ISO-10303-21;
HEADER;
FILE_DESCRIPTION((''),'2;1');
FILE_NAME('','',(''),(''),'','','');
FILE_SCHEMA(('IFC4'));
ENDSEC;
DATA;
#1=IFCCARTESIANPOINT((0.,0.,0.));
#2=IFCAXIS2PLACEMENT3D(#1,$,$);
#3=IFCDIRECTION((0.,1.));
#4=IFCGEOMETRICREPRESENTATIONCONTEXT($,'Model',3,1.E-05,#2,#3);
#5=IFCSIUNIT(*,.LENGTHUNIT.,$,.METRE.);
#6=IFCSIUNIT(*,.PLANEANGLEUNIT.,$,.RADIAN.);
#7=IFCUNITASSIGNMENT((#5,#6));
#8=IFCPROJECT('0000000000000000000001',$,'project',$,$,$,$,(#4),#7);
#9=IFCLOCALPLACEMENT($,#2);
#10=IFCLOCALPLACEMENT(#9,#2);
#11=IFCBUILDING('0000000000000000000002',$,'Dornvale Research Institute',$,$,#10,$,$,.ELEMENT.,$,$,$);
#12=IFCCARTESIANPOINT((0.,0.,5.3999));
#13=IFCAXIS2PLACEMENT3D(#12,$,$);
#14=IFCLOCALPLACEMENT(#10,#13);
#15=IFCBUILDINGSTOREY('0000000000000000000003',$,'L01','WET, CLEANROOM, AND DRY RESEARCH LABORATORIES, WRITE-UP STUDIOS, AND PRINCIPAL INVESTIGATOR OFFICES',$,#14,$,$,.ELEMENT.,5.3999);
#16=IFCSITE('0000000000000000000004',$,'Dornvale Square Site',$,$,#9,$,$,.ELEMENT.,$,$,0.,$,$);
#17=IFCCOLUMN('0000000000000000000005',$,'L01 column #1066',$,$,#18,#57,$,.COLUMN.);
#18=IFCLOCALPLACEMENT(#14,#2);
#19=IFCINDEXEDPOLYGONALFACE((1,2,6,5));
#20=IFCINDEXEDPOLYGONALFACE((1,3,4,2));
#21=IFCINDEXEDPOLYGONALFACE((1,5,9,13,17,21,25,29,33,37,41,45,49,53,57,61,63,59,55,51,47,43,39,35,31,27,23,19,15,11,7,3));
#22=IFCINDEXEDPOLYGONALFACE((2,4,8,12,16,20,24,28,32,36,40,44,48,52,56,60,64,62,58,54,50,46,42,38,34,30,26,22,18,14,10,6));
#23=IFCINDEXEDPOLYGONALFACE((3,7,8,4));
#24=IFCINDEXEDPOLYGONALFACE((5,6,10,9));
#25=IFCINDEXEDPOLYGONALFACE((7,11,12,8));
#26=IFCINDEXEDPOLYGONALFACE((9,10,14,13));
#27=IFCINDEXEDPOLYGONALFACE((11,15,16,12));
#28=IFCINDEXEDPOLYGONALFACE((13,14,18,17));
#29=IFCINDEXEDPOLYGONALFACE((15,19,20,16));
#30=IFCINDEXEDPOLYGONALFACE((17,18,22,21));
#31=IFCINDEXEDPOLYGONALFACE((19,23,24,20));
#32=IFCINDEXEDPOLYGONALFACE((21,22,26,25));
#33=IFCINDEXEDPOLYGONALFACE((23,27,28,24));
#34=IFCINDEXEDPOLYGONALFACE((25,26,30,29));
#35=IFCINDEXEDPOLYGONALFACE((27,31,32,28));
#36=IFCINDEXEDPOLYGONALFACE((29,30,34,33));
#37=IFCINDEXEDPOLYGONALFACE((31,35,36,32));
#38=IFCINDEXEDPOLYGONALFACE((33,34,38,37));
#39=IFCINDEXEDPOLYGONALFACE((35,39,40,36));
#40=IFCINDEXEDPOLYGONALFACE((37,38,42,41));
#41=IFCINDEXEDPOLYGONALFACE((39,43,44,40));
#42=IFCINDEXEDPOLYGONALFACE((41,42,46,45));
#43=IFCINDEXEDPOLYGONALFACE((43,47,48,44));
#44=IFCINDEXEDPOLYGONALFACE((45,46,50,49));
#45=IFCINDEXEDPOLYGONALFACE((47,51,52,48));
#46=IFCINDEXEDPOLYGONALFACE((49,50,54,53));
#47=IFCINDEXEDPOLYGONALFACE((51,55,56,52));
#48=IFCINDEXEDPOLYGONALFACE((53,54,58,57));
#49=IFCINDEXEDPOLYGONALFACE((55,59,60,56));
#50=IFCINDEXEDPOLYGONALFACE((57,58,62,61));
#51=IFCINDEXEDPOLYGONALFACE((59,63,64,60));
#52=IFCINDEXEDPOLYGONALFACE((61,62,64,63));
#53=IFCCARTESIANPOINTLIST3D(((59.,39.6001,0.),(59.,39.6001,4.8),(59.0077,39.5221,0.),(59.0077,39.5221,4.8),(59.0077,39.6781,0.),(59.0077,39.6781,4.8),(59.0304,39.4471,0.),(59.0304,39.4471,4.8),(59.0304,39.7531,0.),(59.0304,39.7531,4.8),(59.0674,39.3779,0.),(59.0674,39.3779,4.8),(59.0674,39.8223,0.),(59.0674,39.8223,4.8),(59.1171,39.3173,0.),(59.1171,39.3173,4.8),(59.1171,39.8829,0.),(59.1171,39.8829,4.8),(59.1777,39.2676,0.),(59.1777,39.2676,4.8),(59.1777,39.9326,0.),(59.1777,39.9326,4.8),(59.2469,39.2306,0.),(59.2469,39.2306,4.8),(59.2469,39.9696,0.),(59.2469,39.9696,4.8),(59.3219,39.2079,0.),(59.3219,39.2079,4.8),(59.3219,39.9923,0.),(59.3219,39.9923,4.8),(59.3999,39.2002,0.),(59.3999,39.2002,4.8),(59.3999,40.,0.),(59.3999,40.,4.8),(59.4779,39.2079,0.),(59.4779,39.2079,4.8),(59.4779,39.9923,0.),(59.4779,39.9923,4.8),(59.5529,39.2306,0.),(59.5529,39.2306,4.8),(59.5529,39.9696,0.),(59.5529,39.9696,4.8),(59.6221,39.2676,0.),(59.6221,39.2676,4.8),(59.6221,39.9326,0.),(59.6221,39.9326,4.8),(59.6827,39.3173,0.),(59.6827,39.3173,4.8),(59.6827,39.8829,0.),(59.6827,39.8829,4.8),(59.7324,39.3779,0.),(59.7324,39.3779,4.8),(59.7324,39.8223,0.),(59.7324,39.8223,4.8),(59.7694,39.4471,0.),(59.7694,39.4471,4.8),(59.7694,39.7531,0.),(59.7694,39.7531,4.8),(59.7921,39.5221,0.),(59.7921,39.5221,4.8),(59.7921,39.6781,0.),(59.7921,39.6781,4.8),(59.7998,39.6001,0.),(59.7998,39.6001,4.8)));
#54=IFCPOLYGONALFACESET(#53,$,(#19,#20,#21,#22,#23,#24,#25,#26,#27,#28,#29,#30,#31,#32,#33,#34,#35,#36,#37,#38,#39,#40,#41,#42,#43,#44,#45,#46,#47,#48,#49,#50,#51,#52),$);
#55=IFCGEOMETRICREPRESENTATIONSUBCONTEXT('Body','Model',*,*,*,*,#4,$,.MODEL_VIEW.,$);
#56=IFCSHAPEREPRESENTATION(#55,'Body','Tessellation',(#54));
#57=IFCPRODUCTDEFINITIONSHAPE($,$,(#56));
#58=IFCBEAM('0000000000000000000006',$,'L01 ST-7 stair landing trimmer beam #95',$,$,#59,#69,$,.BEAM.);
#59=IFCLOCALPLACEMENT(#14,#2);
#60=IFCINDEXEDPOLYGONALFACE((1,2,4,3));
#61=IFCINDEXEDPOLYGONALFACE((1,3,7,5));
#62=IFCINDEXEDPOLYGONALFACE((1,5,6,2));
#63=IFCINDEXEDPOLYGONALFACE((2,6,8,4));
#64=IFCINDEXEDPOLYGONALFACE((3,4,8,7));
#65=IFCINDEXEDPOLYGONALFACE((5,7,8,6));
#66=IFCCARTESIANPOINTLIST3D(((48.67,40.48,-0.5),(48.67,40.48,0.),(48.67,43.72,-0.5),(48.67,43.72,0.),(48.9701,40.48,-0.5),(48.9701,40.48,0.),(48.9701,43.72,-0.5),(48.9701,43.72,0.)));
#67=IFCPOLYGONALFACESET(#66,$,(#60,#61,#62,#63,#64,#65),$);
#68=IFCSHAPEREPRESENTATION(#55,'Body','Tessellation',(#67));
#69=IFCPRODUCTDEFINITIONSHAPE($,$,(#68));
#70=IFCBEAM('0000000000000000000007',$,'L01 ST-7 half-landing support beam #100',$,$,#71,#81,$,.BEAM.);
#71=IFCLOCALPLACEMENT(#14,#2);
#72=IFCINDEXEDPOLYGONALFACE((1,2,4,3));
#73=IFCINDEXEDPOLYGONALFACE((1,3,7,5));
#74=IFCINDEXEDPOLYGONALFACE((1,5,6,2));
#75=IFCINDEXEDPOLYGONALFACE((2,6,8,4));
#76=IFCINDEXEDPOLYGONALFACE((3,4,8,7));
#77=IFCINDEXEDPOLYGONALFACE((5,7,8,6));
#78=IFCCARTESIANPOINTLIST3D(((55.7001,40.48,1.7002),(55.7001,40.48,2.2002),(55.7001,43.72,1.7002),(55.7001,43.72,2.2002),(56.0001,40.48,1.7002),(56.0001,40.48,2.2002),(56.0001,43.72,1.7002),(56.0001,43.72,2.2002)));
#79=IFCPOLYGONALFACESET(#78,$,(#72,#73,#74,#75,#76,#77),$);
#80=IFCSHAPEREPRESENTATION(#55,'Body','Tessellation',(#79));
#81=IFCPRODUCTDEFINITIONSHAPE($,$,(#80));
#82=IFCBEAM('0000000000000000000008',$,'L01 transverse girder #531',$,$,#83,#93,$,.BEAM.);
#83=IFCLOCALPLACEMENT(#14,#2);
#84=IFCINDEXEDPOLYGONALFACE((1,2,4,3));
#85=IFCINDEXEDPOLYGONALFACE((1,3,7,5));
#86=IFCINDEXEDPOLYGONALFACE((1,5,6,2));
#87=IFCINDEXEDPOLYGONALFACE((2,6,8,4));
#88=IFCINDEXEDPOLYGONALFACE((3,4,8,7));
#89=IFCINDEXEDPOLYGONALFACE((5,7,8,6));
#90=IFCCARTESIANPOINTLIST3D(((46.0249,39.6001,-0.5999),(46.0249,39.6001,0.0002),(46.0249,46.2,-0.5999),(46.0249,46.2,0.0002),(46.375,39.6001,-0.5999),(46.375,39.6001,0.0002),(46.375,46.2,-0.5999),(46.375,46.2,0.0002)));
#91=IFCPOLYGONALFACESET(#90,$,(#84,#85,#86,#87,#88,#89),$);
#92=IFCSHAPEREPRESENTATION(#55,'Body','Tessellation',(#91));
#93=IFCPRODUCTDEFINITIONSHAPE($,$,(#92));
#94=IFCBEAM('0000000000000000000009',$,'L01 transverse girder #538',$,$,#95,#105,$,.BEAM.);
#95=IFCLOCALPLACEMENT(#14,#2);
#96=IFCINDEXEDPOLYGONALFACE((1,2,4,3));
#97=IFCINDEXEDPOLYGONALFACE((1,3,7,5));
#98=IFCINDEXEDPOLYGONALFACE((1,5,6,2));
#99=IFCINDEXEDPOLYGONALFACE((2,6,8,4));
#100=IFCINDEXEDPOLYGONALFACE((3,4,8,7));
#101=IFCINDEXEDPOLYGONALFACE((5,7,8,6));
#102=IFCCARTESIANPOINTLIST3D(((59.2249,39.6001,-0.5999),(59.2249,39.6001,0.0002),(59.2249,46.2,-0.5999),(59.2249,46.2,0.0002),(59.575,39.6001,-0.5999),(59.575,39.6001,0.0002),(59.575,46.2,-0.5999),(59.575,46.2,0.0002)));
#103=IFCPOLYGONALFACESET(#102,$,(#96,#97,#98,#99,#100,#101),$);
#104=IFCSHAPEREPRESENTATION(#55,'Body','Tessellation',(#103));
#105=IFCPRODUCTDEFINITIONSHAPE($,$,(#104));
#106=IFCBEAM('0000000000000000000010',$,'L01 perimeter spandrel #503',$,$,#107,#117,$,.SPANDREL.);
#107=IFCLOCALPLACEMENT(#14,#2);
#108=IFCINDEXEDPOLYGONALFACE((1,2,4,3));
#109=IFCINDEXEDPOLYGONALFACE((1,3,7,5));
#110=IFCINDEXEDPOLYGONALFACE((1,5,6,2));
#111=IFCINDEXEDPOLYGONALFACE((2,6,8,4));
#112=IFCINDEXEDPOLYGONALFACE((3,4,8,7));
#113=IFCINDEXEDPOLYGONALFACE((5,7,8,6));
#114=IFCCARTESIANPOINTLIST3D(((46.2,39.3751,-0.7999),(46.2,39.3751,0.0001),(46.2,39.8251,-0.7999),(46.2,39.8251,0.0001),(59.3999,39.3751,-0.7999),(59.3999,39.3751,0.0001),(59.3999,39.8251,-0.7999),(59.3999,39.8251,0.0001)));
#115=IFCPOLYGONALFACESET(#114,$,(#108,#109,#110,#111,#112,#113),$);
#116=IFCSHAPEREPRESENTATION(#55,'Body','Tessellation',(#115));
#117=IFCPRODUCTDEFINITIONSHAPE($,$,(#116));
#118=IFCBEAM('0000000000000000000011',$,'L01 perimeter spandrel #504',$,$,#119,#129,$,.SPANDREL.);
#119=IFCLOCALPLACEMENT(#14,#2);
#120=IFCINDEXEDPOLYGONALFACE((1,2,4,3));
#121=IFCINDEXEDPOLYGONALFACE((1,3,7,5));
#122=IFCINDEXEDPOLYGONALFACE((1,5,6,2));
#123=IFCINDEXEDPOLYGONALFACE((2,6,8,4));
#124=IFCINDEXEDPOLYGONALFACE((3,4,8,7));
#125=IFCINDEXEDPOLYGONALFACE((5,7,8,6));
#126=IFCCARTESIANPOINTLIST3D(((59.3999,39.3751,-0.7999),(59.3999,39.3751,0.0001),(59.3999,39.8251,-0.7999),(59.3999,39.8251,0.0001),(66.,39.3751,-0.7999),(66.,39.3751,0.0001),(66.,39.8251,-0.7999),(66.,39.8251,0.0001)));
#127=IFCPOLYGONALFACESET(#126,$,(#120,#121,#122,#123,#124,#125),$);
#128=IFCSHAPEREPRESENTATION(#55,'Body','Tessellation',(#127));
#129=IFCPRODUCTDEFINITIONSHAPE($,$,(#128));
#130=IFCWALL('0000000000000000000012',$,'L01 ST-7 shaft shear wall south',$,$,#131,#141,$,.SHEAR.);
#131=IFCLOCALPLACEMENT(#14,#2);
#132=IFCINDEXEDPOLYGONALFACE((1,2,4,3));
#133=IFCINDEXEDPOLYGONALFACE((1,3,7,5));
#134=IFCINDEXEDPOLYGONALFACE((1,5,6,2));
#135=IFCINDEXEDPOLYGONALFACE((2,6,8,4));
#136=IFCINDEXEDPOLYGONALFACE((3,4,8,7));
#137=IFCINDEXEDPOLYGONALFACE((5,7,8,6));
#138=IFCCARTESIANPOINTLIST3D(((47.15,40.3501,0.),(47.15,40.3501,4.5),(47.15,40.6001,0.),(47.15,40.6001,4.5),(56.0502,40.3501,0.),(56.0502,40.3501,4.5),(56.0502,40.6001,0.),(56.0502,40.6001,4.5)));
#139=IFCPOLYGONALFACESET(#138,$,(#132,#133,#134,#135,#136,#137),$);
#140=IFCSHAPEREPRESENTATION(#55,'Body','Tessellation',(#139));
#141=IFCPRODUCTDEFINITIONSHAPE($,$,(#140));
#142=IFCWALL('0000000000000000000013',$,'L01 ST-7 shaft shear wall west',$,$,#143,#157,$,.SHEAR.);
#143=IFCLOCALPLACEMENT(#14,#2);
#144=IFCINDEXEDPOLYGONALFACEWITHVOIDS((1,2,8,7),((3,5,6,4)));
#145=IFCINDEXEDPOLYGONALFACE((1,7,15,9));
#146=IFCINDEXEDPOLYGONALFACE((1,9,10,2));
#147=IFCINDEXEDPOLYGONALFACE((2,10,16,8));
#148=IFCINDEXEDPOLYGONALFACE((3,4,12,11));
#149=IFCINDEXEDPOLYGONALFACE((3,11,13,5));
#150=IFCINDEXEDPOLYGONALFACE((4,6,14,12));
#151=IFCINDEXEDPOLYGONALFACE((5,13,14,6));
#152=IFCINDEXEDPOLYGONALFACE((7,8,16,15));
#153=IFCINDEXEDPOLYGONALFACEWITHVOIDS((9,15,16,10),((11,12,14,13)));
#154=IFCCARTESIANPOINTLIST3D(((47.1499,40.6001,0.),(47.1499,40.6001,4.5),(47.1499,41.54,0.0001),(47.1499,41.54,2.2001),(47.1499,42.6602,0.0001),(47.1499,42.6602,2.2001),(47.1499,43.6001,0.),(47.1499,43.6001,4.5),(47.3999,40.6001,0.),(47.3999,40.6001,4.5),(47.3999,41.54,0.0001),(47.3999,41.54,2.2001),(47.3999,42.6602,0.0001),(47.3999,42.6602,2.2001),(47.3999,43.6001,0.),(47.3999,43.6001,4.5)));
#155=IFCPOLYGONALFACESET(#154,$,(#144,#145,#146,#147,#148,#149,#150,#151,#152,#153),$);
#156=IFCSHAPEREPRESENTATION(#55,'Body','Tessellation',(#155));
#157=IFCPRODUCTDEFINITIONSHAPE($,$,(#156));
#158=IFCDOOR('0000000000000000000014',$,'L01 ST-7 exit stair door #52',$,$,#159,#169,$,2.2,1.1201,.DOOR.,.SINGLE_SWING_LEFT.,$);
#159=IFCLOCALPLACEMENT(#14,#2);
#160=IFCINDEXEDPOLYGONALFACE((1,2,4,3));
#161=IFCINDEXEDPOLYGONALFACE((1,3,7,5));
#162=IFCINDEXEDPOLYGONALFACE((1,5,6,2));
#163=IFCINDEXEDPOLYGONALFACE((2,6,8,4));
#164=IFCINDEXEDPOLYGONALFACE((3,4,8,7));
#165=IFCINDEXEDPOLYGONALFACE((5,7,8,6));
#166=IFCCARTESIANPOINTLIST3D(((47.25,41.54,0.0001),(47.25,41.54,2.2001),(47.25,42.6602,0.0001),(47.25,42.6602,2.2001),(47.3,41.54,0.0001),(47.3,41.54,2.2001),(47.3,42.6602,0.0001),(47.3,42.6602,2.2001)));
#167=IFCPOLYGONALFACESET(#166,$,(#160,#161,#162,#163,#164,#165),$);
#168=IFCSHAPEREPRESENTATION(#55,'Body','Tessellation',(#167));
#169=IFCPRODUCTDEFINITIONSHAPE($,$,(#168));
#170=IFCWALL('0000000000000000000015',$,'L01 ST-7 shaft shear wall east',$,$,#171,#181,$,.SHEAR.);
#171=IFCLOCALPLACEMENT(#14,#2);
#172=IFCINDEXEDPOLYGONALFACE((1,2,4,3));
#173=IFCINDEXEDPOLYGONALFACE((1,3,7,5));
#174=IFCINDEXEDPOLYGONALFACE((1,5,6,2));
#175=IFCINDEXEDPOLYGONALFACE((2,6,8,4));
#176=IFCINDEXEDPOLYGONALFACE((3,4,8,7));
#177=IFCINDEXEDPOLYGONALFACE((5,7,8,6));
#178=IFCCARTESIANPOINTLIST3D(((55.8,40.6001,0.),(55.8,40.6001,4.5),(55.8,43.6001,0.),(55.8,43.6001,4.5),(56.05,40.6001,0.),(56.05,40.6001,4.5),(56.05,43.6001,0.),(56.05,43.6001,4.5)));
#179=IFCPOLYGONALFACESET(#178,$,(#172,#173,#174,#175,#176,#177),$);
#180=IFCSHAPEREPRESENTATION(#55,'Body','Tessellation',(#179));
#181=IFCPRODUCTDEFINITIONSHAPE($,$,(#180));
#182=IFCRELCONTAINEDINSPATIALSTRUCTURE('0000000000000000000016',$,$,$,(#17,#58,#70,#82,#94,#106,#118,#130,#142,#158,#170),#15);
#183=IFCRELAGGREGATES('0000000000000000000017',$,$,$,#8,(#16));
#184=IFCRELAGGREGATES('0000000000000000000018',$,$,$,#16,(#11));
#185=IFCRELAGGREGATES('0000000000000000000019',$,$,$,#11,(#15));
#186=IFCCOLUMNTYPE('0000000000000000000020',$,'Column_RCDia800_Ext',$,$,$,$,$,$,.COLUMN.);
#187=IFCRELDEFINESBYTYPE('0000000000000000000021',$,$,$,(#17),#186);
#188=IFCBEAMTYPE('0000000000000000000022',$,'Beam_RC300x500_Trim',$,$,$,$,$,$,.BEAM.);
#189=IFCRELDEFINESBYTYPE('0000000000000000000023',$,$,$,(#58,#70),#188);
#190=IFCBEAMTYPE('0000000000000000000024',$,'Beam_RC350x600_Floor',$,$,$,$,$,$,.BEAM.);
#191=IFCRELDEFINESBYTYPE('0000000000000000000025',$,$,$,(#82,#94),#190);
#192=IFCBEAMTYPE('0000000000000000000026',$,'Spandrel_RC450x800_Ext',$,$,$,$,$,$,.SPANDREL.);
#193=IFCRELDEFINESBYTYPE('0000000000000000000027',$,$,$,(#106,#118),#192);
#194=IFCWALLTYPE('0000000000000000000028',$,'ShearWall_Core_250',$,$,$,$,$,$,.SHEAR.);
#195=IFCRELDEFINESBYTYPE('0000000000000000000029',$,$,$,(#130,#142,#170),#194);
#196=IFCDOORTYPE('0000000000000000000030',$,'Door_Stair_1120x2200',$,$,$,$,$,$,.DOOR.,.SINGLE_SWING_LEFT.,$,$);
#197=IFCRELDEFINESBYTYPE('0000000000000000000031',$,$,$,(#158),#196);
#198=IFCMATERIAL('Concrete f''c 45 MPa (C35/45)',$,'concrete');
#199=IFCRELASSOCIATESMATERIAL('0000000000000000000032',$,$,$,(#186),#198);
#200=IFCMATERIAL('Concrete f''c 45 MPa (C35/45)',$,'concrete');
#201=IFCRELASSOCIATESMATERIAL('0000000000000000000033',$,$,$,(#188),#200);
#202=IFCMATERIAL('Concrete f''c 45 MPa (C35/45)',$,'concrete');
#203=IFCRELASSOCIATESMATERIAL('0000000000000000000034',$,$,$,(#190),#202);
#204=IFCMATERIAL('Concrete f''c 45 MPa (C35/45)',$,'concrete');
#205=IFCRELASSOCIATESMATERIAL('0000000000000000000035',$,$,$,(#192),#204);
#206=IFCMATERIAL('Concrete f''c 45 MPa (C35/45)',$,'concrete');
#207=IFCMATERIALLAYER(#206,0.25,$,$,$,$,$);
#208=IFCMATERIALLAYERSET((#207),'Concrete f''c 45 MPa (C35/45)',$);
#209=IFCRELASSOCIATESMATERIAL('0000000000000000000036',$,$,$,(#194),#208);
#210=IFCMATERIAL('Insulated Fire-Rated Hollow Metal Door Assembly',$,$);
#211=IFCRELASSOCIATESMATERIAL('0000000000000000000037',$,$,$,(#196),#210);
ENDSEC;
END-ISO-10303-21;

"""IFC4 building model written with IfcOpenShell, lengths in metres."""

from ifc_helpers import new_model, si_unit, direction, frame, frame_2d, origin, origin_2d, place, context, subcontext, project, spatial, rectangle, circle, extrude, material, layer, layer_set, material_profile, profile_set, type_object, element, fill, save


model = new_model("IFC4")

# Units and contexts
model_context = context("Model", 3, precision=1e-05, world=origin(), true_north=direction((0.0, 1.0)))
body_context = subcontext(model_context, "Body", "Model", "MODEL_VIEW")
ifc_project = project(units=[si_unit("LENGTHUNIT", "METRE"), si_unit("PLANEANGLEUNIT", "RADIAN")], contexts=[model_context])

# Site, building, storey
site_placement = place(None, origin())
site = spatial("IfcSite", under=ifc_project, at=site_placement, Name="Dornvale Square Site", CompositionType="ELEMENT", RefElevation=0.0)
building_placement = place(site_placement, origin())
building = spatial("IfcBuilding", under=site, at=building_placement, Name="Dornvale Research Institute", CompositionType="ELEMENT")
storey_placement = place(building_placement, frame((0.0, 0.0, 5.3999)))
storey = spatial("IfcBuildingStorey", under=building, at=storey_placement, Name="L01", Description="WET, CLEANROOM, AND DRY RESEARCH LABORATORIES, WRITE-UP STUDIOS, AND PRINCIPAL INVESTIGATOR OFFICES", CompositionType="ELEMENT", Elevation=5.3999)

# Column
ifc_material_1 = material(Name="Concrete f'c 45 MPa (C35/45)", Category="concrete")
ifc_material_profile_1 = material_profile(ifc_material_1, circle(Radius=0.3999, at=origin_2d()), Name="RC DIA 800")
ifc_profile_set_1 = profile_set([ifc_material_profile_1], Name="Concrete f'c 45 MPa (C35/45)")
column_type = type_object("IfcColumnType", Name="Column_RCDia800_Ext", PredefinedType="COLUMN", material=ifc_profile_set_1)
column_placement = place(storey_placement, frame((59.3999, 39.6001, 0.0), z_axis=(0.0, 0.0, 1.0), x_axis=(1.0, 0.0, 0.0)))
element("IfcColumn", 1, at=column_placement, inside=storey, type_object=column_type, Name="L01 column #1066", PredefinedType="COLUMN", context=body_context, shape_type="SweptSolid", body=[
    extrude(circle(Radius=0.3999, at=origin_2d()), origin(), (0.0, 0.0, 1.0), 4.8),
])

# Beams
ifc_material_2 = material(Name="Concrete f'c 45 MPa (C35/45)", Category="concrete")
ifc_material_profile_2 = material_profile(ifc_material_2, rectangle(XDim=0.3, YDim=0.5, at=origin_2d()), Name="RC 300x500")
ifc_profile_set_2 = profile_set([ifc_material_profile_2], Name="Concrete f'c 45 MPa (C35/45)")
beam_type_1 = type_object("IfcBeamType", Name="Beam_RC300x500_Trim", PredefinedType="BEAM", material=ifc_profile_set_2)
for number, where, z_axis, x_axis, name in (
    (2, (48.8201, 40.48, -0.25), (0.0, 1.0, 0.0), (-1.0, 0.0, 0.0), "L01 ST-7 stair landing trimmer beam #95"),
    (3, (55.8501, 40.48, 1.9502), (0.0, 1.0, 0.0), (-1.0, 0.0, 0.0), "L01 ST-7 half-landing support beam #100"),
):
    element("IfcBeam", number, at=place(storey_placement, frame(where, z_axis=z_axis, x_axis=x_axis)), inside=storey, type_object=beam_type_1, Name=name, PredefinedType="BEAM", context=body_context, shape_type="SweptSolid", body=[
        extrude(rectangle(XDim=0.3, YDim=0.5, at=origin_2d()), origin(), (0.0, 0.0, 1.0), 3.24),
    ])
ifc_material_3 = material(Name="Concrete f'c 45 MPa (C35/45)", Category="concrete")
ifc_material_profile_3 = material_profile(ifc_material_3, rectangle(XDim=0.3501, YDim=0.6001, at=origin_2d()), Name="RC 350x600")
ifc_profile_set_3 = profile_set([ifc_material_profile_3], Name="Concrete f'c 45 MPa (C35/45)")
beam_type_2 = type_object("IfcBeamType", Name="Beam_RC350x600_Floor", PredefinedType="BEAM", material=ifc_profile_set_3)
for number, where, z_axis, x_axis, name in (
    (4, (46.2, 39.6001, -0.2998), (0.0, 1.0, 0.0), (-1.0, 0.0, 0.0), "L01 transverse girder #531"),
    (5, (59.3999, 39.6001, -0.2998), (0.0, 1.0, 0.0), (-1.0, 0.0, 0.0), "L01 transverse girder #538"),
):
    element("IfcBeam", number, at=place(storey_placement, frame(where, z_axis=z_axis, x_axis=x_axis)), inside=storey, type_object=beam_type_2, Name=name, PredefinedType="BEAM", context=body_context, shape_type="SweptSolid", body=[
        extrude(rectangle(XDim=0.3501, YDim=0.6001, at=origin_2d()), origin(), (0.0, 0.0, 1.0), 6.5999),
    ])
ifc_material_4 = material(Name="Concrete f'c 45 MPa (C35/45)", Category="concrete")
ifc_material_profile_4 = material_profile(ifc_material_4, rectangle(XDim=0.45, YDim=0.8, at=origin_2d()), Name="RC 450x800")
ifc_profile_set_4 = profile_set([ifc_material_profile_4], Name="Concrete f'c 45 MPa (C35/45)")
beam_type_3 = type_object("IfcBeamType", Name="Spandrel_RC450x800_Ext", PredefinedType="SPANDREL", material=ifc_profile_set_4)
beam_1_placement = place(storey_placement, frame((46.2, 39.6001, -0.3999), z_axis=(1.0, 0.0, 0.0), x_axis=(0.0, 1.0, 0.0)))
element("IfcBeam", 6, at=beam_1_placement, inside=storey, type_object=beam_type_3, Name="L01 perimeter spandrel #503", PredefinedType="SPANDREL", context=body_context, shape_type="SweptSolid", body=[
    extrude(rectangle(XDim=0.45, YDim=0.8, at=origin_2d()), origin(), (0.0, 0.0, 1.0), 13.2),
])
beam_2_placement = place(storey_placement, frame((59.3999, 39.6001, -0.3999), z_axis=(1.0, 0.0, 0.0), x_axis=(0.0, 1.0, 0.0)))
element("IfcBeam", 7, at=beam_2_placement, inside=storey, type_object=beam_type_3, Name="L01 perimeter spandrel #504", PredefinedType="SPANDREL", context=body_context, shape_type="SweptSolid", body=[
    extrude(rectangle(XDim=0.45, YDim=0.8, at=origin_2d()), origin(), (0.0, 0.0, 1.0), 6.6001),
])

# Wall
ifc_material_5 = material(Name="Concrete f'c 45 MPa (C35/45)", Category="concrete")
ifc_layer_1 = layer(ifc_material_5, 0.25)
ifc_layer_set_1 = layer_set([ifc_layer_1], Name="Concrete f'c 45 MPa (C35/45)")
wall_type_1 = type_object("IfcWallType", Name="ShearWall_Core_250", PredefinedType="SHEAR", material=ifc_layer_set_1)
wall_1_placement = place(storey_placement, frame((47.1499, 40.4751, 0.0), z_axis=(0.0, 0.0, 1.0), x_axis=(1.0, 0.0, 0.0)))
element("IfcWall", 8, at=wall_1_placement, inside=storey, type_object=wall_type_1, Name="L01 ST-7 shaft shear wall south", PredefinedType="SHEAR", context=body_context, shape_type="SweptSolid", body=[
    extrude(rectangle(XDim=8.9001, YDim=0.25, at=frame_2d((4.4502, 0.0))), origin(), (0.0, 0.0, 1.0), 4.5),
])

# Wall, opening, door
wall_2_placement = place(storey_placement, frame((47.2749, 40.6001, 0.0), z_axis=(0.0, 0.0, 1.0), x_axis=(0.0, 1.0, 0.0)))
wall_2 = element("IfcWall", 9, at=wall_2_placement, inside=storey, type_object=wall_type_1, Name="L01 ST-7 shaft shear wall west", PredefinedType="SHEAR", context=body_context, shape_type="SweptSolid", body=[
    extrude(rectangle(XDim=3.0, YDim=0.25, at=frame_2d((1.5, 0.0))), origin(), (0.0, 0.0, 1.0), 4.5),
])
opening_1_placement = place(wall_2_placement, frame((0.9399, 0.0, 0.0)))
opening_1 = element("IfcOpeningElement", 10, at=opening_1_placement, cuts=wall_2, PredefinedType="OPENING", context=body_context, shape_type="SweptSolid", body=[
    extrude(rectangle(XDim=1.1201, YDim=2.2, at=frame_2d((0.5601, 1.1001))), frame((0.0, 0.1399, 0.0), z_axis=(0.0, -1.0, 0.0), x_axis=(1.0, 0.0, 0.0)), (0.0, 0.0, 1.0), 0.28),
])
ifc_material_6 = material(Name="Insulated Fire-Rated Hollow Metal Door Assembly")
door_type = type_object("IfcDoorType", Name="Door_Stair_1120x2200", OperationType="SINGLE_SWING_LEFT", PredefinedType="DOOR", material=ifc_material_6)
door_placement = place(opening_1_placement, origin())
door = element("IfcDoor", 11, at=door_placement, inside=storey, type_object=door_type, Name="L01 ST-7 exit stair door #52", OperationType="SINGLE_SWING_LEFT", OverallHeight=2.2, OverallWidth=1.1201, PredefinedType="DOOR", context=body_context, shape_type="SweptSolid", body=[
    extrude(rectangle(XDim=1.1201, YDim=2.2, at=frame_2d((0.5601, 1.1001))), frame((0.0, 0.0249, 0.0), z_axis=(0.0, -1.0, 0.0), x_axis=(1.0, 0.0, 0.0)), (0.0, 0.0, 1.0), 0.05),
])
fill(opening_1, door)

# Wall
wall_3_placement = place(storey_placement, frame((55.925, 40.6001, 0.0), z_axis=(0.0, 0.0, 1.0), x_axis=(0.0, 1.0, 0.0)))
element("IfcWall", 12, at=wall_3_placement, inside=storey, type_object=wall_type_1, Name="L01 ST-7 shaft shear wall east", PredefinedType="SHEAR", context=body_context, shape_type="SweptSolid", body=[
    extrude(rectangle(XDim=3.0, YDim=0.25, at=frame_2d((1.5, 0.0))), origin(), (0.0, 0.0, 1.0), 4.5),
])

save(model, "model.ifc")
